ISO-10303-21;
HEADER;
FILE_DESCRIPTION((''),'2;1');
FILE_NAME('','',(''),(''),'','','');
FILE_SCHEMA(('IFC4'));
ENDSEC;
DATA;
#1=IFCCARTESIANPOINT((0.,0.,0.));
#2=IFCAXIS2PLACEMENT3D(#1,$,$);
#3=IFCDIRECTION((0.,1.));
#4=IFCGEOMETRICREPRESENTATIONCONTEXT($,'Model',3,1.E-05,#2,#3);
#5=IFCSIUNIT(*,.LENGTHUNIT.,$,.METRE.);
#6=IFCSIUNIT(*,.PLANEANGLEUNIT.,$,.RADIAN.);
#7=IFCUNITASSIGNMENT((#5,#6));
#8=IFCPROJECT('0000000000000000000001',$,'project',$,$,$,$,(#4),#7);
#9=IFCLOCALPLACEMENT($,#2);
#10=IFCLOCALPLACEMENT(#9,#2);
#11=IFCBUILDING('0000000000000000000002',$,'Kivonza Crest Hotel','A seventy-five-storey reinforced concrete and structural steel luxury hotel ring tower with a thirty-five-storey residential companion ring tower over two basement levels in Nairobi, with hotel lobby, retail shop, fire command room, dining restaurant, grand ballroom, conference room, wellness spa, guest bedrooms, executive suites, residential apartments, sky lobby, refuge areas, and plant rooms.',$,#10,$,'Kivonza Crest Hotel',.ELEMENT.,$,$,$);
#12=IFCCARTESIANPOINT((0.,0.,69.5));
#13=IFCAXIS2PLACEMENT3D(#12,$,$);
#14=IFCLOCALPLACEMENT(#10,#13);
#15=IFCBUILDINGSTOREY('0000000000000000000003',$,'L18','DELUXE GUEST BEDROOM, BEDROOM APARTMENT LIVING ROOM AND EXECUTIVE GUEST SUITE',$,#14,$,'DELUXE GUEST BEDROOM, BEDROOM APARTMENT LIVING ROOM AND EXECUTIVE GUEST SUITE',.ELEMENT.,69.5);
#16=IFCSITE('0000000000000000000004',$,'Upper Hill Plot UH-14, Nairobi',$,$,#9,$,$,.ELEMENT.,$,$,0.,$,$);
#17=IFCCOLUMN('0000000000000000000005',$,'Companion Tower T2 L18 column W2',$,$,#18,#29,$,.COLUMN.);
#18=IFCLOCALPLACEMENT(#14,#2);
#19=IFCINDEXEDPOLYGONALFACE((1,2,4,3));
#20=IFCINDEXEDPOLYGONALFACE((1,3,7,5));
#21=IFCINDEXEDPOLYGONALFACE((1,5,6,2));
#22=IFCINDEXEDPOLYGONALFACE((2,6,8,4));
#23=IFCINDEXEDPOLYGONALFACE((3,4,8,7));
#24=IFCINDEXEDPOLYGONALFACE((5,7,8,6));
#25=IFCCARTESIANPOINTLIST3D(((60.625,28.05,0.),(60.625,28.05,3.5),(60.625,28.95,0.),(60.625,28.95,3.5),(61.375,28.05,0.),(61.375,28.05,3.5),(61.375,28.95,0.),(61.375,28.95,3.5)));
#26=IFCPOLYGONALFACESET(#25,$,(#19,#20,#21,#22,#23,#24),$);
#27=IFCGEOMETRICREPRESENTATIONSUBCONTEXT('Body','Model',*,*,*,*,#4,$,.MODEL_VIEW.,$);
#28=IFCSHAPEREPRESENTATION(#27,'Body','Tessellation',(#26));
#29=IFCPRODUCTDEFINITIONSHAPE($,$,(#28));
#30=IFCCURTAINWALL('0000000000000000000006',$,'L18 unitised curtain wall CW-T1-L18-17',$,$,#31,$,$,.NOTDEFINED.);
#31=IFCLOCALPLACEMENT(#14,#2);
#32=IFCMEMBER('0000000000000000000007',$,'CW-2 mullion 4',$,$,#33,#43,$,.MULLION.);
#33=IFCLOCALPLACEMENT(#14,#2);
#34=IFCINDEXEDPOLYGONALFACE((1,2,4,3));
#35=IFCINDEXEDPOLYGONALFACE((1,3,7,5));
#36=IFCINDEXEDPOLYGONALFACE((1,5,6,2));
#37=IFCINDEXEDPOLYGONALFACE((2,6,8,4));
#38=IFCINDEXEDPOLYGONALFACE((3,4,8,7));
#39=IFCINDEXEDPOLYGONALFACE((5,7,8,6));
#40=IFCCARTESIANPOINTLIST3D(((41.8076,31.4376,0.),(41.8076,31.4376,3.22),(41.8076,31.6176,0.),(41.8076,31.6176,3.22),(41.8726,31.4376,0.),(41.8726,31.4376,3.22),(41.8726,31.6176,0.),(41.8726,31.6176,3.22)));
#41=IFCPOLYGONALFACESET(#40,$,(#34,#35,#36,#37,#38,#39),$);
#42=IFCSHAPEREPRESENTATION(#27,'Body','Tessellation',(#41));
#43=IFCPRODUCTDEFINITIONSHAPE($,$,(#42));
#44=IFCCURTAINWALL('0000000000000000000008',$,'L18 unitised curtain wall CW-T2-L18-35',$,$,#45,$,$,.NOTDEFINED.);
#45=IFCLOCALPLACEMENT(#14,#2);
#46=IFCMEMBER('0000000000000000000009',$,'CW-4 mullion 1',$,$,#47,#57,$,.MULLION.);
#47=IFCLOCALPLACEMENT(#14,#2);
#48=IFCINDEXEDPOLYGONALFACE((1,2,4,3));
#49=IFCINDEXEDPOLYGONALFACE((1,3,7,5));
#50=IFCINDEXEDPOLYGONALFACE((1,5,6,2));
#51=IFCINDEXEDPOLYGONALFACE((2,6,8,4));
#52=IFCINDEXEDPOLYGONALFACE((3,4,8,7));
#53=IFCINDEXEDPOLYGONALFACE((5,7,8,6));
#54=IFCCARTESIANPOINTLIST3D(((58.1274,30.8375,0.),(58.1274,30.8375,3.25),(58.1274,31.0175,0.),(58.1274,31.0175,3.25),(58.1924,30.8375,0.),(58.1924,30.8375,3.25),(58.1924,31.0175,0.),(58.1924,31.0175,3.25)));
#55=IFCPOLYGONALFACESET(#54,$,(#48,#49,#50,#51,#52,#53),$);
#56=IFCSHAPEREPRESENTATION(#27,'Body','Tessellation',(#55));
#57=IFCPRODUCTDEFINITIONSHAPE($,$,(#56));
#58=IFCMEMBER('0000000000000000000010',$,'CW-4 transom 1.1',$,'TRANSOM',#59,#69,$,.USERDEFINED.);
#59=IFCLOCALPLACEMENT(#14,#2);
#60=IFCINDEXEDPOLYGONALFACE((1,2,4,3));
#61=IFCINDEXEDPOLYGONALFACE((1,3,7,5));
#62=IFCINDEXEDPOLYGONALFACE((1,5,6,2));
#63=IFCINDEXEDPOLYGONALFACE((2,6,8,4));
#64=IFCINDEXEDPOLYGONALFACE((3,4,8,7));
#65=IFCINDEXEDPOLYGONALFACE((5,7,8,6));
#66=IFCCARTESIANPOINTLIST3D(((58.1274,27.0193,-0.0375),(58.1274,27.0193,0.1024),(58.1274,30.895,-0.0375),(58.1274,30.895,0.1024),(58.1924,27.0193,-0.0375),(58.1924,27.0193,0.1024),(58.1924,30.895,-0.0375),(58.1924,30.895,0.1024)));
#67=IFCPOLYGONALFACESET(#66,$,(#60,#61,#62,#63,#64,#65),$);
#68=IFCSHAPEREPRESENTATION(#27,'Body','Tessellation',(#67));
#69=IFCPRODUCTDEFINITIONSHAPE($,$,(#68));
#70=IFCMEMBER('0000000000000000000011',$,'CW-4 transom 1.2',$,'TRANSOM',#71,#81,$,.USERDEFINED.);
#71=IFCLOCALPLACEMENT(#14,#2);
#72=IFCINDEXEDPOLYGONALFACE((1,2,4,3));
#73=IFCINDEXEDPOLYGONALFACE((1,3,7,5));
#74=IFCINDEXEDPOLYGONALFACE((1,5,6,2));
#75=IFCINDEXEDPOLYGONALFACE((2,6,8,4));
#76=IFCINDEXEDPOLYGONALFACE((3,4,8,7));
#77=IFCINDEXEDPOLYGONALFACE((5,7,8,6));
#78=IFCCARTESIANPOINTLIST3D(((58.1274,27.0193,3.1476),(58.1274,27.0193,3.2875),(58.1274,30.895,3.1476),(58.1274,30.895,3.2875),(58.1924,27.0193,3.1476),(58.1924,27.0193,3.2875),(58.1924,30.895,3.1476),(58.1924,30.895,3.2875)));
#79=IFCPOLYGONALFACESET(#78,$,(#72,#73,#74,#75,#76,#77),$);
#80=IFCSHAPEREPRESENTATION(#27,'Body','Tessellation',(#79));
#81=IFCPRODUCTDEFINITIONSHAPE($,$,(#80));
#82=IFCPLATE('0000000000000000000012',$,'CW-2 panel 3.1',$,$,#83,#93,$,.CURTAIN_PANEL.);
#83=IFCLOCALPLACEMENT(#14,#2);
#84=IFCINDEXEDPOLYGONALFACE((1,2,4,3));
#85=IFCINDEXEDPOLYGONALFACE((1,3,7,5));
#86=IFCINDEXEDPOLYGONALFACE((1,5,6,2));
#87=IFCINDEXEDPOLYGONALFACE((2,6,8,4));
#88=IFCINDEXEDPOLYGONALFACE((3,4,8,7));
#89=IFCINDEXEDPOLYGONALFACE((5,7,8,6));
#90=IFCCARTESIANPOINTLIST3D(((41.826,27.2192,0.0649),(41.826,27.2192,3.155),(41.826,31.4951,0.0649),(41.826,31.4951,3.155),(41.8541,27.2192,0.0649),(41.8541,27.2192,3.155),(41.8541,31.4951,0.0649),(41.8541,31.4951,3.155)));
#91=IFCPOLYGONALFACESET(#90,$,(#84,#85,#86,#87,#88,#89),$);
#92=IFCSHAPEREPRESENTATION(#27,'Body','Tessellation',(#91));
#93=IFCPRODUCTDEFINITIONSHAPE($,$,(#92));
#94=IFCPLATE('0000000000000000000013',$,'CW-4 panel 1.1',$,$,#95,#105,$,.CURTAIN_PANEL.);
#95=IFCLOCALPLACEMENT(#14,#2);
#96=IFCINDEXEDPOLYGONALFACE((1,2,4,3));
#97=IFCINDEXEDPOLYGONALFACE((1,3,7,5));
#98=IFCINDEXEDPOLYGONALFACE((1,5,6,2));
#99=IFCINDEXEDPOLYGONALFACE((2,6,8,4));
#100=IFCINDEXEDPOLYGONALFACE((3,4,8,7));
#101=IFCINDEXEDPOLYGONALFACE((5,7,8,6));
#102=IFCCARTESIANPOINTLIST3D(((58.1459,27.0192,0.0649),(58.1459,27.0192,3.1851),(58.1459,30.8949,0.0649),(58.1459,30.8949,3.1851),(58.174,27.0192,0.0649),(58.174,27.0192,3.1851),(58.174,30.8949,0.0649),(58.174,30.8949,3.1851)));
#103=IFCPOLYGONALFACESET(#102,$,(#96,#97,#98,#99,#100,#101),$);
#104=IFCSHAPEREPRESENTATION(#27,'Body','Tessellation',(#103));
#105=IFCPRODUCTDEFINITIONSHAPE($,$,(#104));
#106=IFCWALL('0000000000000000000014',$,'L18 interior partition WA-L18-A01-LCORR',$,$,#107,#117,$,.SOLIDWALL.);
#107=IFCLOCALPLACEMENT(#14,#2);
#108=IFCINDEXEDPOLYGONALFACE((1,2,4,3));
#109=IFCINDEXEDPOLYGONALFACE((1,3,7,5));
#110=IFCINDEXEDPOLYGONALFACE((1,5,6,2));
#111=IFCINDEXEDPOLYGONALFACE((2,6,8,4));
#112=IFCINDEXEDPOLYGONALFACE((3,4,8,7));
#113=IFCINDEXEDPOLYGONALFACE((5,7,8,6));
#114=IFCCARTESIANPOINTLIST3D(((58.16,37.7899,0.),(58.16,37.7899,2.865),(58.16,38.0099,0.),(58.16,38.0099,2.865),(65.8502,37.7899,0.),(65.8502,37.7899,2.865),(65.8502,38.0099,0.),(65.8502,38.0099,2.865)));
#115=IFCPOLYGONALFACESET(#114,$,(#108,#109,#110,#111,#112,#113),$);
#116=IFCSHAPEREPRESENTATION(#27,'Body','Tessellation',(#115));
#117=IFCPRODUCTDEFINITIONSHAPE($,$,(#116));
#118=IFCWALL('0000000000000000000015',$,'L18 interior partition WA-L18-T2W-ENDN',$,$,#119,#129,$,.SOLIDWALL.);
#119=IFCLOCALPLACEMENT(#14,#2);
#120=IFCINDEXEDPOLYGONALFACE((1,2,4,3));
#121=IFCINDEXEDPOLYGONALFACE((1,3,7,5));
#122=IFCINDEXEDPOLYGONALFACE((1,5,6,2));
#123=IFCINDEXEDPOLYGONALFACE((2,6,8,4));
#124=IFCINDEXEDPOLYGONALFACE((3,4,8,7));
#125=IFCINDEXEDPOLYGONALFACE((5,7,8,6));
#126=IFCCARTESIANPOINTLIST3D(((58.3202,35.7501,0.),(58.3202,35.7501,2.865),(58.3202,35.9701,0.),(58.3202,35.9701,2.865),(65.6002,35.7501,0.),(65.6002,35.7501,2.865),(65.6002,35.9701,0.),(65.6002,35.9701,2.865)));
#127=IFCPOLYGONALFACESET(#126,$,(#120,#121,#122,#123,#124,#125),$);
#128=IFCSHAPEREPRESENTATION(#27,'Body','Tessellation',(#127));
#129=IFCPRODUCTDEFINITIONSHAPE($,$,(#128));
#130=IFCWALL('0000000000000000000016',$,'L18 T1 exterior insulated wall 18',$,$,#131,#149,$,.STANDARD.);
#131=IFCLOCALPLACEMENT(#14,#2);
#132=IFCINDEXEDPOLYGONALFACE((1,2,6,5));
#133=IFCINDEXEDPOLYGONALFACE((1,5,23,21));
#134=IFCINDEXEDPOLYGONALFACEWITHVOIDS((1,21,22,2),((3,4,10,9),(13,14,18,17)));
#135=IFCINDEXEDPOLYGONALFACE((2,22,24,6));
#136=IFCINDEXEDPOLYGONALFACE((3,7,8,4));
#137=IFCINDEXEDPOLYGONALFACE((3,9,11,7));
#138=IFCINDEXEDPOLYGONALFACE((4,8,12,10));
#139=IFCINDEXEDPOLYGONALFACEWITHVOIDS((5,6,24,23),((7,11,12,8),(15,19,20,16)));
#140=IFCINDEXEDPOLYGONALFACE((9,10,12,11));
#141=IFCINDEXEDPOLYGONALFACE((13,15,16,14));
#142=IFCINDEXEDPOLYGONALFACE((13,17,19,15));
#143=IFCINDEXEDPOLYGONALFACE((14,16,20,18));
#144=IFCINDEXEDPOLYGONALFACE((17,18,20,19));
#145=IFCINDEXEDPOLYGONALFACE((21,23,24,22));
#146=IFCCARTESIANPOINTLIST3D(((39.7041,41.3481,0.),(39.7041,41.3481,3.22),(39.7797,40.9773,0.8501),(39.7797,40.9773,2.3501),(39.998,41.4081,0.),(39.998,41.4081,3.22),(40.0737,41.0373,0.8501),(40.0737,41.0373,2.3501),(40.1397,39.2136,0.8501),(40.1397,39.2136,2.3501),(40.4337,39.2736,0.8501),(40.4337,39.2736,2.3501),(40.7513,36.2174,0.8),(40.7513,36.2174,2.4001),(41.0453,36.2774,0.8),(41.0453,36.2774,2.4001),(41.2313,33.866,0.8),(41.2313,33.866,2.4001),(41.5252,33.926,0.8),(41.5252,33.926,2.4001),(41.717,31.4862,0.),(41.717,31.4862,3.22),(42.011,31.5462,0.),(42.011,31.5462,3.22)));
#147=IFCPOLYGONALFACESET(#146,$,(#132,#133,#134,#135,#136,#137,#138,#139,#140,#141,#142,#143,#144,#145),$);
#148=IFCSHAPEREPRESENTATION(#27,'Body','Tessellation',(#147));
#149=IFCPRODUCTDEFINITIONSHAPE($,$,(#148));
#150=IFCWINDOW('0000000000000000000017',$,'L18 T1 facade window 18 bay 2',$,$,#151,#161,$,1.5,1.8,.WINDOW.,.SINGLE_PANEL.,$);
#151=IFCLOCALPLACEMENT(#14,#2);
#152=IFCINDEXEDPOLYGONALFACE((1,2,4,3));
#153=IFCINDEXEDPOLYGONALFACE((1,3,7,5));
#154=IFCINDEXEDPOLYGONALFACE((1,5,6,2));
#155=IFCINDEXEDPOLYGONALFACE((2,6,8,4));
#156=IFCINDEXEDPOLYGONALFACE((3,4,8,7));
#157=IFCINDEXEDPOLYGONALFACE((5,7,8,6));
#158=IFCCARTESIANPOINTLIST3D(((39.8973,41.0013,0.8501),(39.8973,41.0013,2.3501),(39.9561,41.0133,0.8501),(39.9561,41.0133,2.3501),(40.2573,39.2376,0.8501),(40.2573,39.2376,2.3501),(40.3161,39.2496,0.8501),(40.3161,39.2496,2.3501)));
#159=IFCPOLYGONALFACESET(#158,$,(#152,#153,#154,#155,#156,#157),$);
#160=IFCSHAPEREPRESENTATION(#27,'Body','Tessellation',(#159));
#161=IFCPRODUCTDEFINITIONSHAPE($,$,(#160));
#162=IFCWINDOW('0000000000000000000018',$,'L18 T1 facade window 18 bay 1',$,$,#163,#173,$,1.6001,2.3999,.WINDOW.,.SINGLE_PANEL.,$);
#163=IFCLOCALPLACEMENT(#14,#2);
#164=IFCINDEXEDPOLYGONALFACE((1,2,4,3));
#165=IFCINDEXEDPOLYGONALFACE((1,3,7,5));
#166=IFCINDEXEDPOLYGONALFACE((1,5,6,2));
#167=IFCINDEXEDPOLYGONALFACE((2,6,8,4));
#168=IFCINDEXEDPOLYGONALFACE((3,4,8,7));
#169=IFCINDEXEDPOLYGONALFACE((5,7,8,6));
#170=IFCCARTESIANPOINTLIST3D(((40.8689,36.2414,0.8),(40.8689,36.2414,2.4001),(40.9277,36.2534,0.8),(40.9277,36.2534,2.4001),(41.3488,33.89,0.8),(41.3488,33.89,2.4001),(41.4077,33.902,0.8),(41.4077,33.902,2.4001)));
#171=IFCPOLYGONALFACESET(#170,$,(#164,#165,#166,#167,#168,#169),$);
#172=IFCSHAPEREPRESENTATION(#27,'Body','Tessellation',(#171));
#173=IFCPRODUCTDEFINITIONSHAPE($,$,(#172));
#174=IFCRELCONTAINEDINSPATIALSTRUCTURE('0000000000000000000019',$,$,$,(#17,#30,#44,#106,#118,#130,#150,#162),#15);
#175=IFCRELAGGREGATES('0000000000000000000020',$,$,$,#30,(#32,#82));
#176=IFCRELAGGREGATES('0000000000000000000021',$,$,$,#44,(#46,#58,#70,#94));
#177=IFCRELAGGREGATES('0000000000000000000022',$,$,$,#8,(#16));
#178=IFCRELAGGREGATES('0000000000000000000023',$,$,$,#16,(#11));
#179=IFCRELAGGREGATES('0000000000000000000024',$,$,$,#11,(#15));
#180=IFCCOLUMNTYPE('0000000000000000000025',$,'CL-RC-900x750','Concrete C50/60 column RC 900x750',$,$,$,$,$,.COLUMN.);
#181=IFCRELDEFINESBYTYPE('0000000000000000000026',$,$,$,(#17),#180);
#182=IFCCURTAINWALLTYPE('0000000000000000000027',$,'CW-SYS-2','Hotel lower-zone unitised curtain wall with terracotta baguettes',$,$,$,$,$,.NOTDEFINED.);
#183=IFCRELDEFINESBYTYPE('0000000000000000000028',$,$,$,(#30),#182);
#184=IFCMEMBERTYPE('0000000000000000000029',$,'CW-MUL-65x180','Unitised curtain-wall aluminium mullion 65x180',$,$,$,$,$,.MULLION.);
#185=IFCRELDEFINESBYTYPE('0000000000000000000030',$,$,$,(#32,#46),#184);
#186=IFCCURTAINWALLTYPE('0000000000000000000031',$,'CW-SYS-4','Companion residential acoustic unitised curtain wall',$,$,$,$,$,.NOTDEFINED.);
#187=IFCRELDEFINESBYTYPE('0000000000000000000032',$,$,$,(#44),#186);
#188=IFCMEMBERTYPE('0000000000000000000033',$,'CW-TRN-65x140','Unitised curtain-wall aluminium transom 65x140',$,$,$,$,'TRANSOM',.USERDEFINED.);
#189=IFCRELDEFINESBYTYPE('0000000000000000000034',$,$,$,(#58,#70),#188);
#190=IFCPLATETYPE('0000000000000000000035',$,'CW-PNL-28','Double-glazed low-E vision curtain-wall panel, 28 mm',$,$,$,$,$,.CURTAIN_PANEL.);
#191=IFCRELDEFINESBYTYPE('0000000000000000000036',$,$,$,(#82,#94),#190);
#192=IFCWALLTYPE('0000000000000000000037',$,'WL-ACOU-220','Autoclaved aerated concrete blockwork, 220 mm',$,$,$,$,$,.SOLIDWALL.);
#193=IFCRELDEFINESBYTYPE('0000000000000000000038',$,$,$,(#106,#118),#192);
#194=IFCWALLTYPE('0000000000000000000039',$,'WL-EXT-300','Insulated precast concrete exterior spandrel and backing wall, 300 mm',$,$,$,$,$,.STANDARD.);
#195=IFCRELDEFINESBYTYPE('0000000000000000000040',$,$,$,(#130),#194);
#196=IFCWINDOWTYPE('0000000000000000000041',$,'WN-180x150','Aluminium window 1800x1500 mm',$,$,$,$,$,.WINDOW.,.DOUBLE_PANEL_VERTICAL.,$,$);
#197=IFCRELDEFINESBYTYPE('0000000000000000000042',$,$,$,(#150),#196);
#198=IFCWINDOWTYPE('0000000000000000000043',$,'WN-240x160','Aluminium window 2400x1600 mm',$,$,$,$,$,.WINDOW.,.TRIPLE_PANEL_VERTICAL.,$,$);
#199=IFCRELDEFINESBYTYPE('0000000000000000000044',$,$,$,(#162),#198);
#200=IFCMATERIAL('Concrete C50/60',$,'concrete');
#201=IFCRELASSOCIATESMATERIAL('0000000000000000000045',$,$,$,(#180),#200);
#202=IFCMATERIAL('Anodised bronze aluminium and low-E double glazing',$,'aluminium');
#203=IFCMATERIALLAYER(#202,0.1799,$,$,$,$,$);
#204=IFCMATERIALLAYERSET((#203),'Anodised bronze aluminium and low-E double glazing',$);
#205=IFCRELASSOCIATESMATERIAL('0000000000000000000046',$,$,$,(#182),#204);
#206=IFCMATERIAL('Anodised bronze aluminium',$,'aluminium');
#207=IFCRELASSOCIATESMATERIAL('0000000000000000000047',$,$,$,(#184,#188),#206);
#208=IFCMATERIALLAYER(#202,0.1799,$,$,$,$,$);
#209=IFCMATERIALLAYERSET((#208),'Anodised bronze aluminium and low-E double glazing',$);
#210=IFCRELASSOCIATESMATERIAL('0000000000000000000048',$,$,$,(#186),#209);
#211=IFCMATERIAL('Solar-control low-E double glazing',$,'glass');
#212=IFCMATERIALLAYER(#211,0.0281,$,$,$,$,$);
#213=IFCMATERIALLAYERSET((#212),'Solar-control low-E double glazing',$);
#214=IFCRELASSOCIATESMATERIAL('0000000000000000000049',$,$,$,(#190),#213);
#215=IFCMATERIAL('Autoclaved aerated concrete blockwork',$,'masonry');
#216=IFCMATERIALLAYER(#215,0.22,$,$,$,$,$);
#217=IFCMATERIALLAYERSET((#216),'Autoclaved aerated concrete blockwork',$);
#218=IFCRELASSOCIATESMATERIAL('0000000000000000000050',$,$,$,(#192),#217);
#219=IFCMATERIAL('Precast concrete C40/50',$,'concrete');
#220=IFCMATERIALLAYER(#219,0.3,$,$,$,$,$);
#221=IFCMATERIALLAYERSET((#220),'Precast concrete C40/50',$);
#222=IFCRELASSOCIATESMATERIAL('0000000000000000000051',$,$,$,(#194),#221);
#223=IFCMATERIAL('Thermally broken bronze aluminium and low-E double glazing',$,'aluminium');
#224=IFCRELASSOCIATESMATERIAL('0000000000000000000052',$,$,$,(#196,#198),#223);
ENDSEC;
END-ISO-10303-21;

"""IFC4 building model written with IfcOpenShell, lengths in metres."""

from ifc_helpers import new_model, si_unit, direction, frame, frame_2d, origin, origin_2d, place, context, subcontext, project, spatial, rectangle, extrude, material, layer, layer_set, material_profile, profile_set, type_object, element, fill, aggregate, save


model = new_model("IFC4")

# Units and contexts
model_context = context("Model", 3, precision=1e-05, world=origin(), true_north=direction((0.0, 1.0)))
body_context = subcontext(model_context, "Body", "Model", "MODEL_VIEW")
ifc_project = project(units=[si_unit("LENGTHUNIT", "METRE"), si_unit("PLANEANGLEUNIT", "RADIAN")], contexts=[model_context])

# Site, building, storey
site_placement = place(None, origin())
site = spatial("IfcSite", under=ifc_project, at=site_placement, Name="Upper Hill Plot UH-14, Nairobi", CompositionType="ELEMENT", RefElevation=0.0)
building_placement = place(site_placement, origin())
building = spatial("IfcBuilding", under=site, at=building_placement, Name="Kivonza Crest Hotel", Description="A seventy-five-storey reinforced concrete and structural steel luxury hotel ring tower with a thirty-five-storey residential companion ring tower over two basement levels in Nairobi, with hotel lobby, retail shop, fire command room, dining restaurant, grand ballroom, conference room, wellness spa, guest bedrooms, executive suites, residential apartments, sky lobby, refuge areas, and plant rooms.", LongName="Kivonza Crest Hotel", CompositionType="ELEMENT")
storey_placement = place(building_placement, frame((0.0, 0.0, 69.5)))
storey = spatial("IfcBuildingStorey", under=building, at=storey_placement, Name="L18", Description="DELUXE GUEST BEDROOM, BEDROOM APARTMENT LIVING ROOM AND EXECUTIVE GUEST SUITE", LongName="DELUXE GUEST BEDROOM, BEDROOM APARTMENT LIVING ROOM AND EXECUTIVE GUEST SUITE", CompositionType="ELEMENT", Elevation=69.5)

# Column
ifc_material_1 = material(Name="Concrete C50/60", Category="concrete")
ifc_material_profile_1 = material_profile(ifc_material_1, rectangle(XDim=0.75, YDim=0.8999, at=origin_2d()), Name="RC 900x750")
ifc_profile_set_1 = profile_set([ifc_material_profile_1], Name="Concrete C50/60")
column_type = type_object("IfcColumnType", Name="CL-RC-900x750", Description="Concrete C50/60 column RC 900x750", PredefinedType="COLUMN", material=ifc_profile_set_1)
column_placement = place(storey_placement, frame((61.0, 28.5, 0.0), z_axis=(0.0, 0.0, 1.0), x_axis=(1.0, 0.0, 0.0)))
element("IfcColumn", 1, at=column_placement, inside=storey, type_object=column_type, Name="Companion Tower T2 L18 column W2", PredefinedType="COLUMN", context=body_context, shape_type="SweptSolid", body=[
    extrude(rectangle(XDim=0.75, YDim=0.8999, at=origin_2d()), origin(), (0.0, 0.0, 1.0), 3.5),
])

# Curtain wall, member
ifc_material_2 = material(Name="Anodised bronze aluminium and low-E double glazing", Category="aluminium")
ifc_layer_1 = layer(ifc_material_2, 0.1799)
ifc_layer_set_1 = layer_set([ifc_layer_1], Name="Anodised bronze aluminium and low-E double glazing")
curtain_wall_type_1 = type_object("IfcCurtainWallType", Name="CW-SYS-2", Description="Hotel lower-zone unitised curtain wall with terracotta baguettes", PredefinedType="NOTDEFINED", material=ifc_layer_set_1)
curtain_wall_1_placement = place(storey_placement, origin())
curtain_wall_1 = element("IfcCurtainWall", 2, at=curtain_wall_1_placement, inside=storey, type_object=curtain_wall_type_1, Name="L18 unitised curtain wall CW-T1-L18-17", PredefinedType="NOTDEFINED")
ifc_material_3 = material(Name="Anodised bronze aluminium", Category="aluminium")
ifc_material_profile_2 = material_profile(ifc_material_3, rectangle(XDim=0.0649, YDim=0.1799, at=origin_2d()), Name="CW-M 65x180")
ifc_profile_set_2 = profile_set([ifc_material_profile_2], Name="Anodised bronze aluminium")
member_type_1 = type_object("IfcMemberType", Name="CW-MUL-65x180", Description="Unitised curtain-wall aluminium mullion 65x180", PredefinedType="MULLION", material=ifc_profile_set_2)
member_1_placement = place(storey_placement, frame((41.8401, 31.5276, 0.0), z_axis=(0.0, 0.0, 1.0), x_axis=(-1.0, 0.0, 0.0)))
member_1 = element("IfcMember", 3, at=member_1_placement, type_object=member_type_1, Name="CW-2 mullion 4", PredefinedType="MULLION", context=body_context, shape_type="SweptSolid", body=[
    extrude(rectangle(XDim=0.0649, YDim=0.1799, at=origin_2d()), origin(), (0.0, 0.0, 1.0), 3.22),
])

# Curtain wall, members
ifc_layer_2 = layer(ifc_material_2, 0.1799)
ifc_layer_set_2 = layer_set([ifc_layer_2], Name="Anodised bronze aluminium and low-E double glazing")
curtain_wall_type_2 = type_object("IfcCurtainWallType", Name="CW-SYS-4", Description="Companion residential acoustic unitised curtain wall", PredefinedType="NOTDEFINED", material=ifc_layer_set_2)
curtain_wall_2_placement = place(storey_placement, origin())
curtain_wall_2 = element("IfcCurtainWall", 4, at=curtain_wall_2_placement, inside=storey, type_object=curtain_wall_type_2, Name="L18 unitised curtain wall CW-T2-L18-35", PredefinedType="NOTDEFINED")
member_2_placement = place(storey_placement, frame((58.1599, 30.9275, 0.0), z_axis=(0.0, 0.0, 1.0), x_axis=(1.0, 0.0, 0.0)))
member_2 = element("IfcMember", 5, at=member_2_placement, type_object=member_type_1, Name="CW-4 mullion 1", PredefinedType="MULLION", context=body_context, shape_type="SweptSolid", body=[
    extrude(rectangle(XDim=0.0649, YDim=0.1799, at=origin_2d()), origin(), (0.0, 0.0, 1.0), 3.25),
])
ifc_material_profile_3 = material_profile(ifc_material_3, rectangle(XDim=0.0649, YDim=0.1399, at=origin_2d()), Name="CW-T 65x140")
ifc_profile_set_3 = profile_set([ifc_material_profile_3], Name="Anodised bronze aluminium")
member_type_2 = type_object("IfcMemberType", Name="CW-TRN-65x140", Description="Unitised curtain-wall aluminium transom 65x140", ElementType="TRANSOM", PredefinedType="USERDEFINED", material=ifc_profile_set_3)
member_3_placement = place(storey_placement, frame((58.1599, 30.895, 0.0325), z_axis=(0.0, -1.0, 0.0), x_axis=(1.0, 0.0, 0.0)))
member_3 = element("IfcMember", 6, at=member_3_placement, type_object=member_type_2, Name="CW-4 transom 1.1", ObjectType="TRANSOM", PredefinedType="USERDEFINED", context=body_context, shape_type="SweptSolid", body=[
    extrude(rectangle(XDim=0.0649, YDim=0.1399, at=origin_2d()), origin(), (0.0, 0.0, 1.0), 3.8757),
])
member_4_placement = place(storey_placement, frame((58.1599, 30.895, 3.2175), z_axis=(0.0, -1.0, 0.0), x_axis=(1.0, 0.0, 0.0)))
member_4 = element("IfcMember", 7, at=member_4_placement, type_object=member_type_2, Name="CW-4 transom 1.2", ObjectType="TRANSOM", PredefinedType="USERDEFINED", context=body_context, shape_type="SweptSolid", body=[
    extrude(rectangle(XDim=0.0649, YDim=0.1399, at=origin_2d()), origin(), (0.0, 0.0, 1.0), 3.8757),
])

# Plates
ifc_material_4 = material(Name="Solar-control low-E double glazing", Category="glass")
ifc_layer_3 = layer(ifc_material_4, 0.0281)
ifc_layer_set_3 = layer_set([ifc_layer_3], Name="Solar-control low-E double glazing")
plate_type = type_object("IfcPlateType", Name="CW-PNL-28", Description="Double-glazed low-E vision curtain-wall panel, 28 mm", PredefinedType="CURTAIN_PANEL", material=ifc_layer_set_3)
plate_1_placement = place(storey_placement, frame((41.8401, 29.3572, 0.0649), z_axis=(0.0, 0.0, 1.0), x_axis=(0.0, 1.0, 0.0)))
plate_1 = element("IfcPlate", 8, at=plate_1_placement, type_object=plate_type, Name="CW-2 panel 3.1", PredefinedType="CURTAIN_PANEL", context=body_context, shape_type="SweptSolid", body=[
    extrude(rectangle(XDim=4.2759, YDim=0.0281, at=origin_2d()), origin(), (0.0, 0.0, 1.0), 3.0901),
])
aggregate(curtain_wall_1, [member_1, plate_1])
plate_2_placement = place(storey_placement, frame((58.1599, 28.957, 0.0649), z_axis=(0.0, 0.0, 1.0), x_axis=(0.0, -1.0, 0.0)))
plate_2 = element("IfcPlate", 9, at=plate_2_placement, type_object=plate_type, Name="CW-4 panel 1.1", PredefinedType="CURTAIN_PANEL", context=body_context, shape_type="SweptSolid", body=[
    extrude(rectangle(XDim=3.8757, YDim=0.0281, at=origin_2d()), origin(), (0.0, 0.0, 1.0), 3.1201),
])
aggregate(curtain_wall_2, [member_2, member_3, member_4, plate_2])

# Walls
ifc_material_5 = material(Name="Autoclaved aerated concrete blockwork", Category="masonry")
ifc_layer_4 = layer(ifc_material_5, 0.22)
ifc_layer_set_4 = layer_set([ifc_layer_4], Name="Autoclaved aerated concrete blockwork")
wall_type_1 = type_object("IfcWallType", Name="WL-ACOU-220", Description="Autoclaved aerated concrete blockwork, 220 mm", PredefinedType="SOLIDWALL", material=ifc_layer_set_4)
wall_1_placement = place(storey_placement, frame((58.1599, 37.8999, 0.0), z_axis=(0.0, 0.0, 1.0), x_axis=(1.0, 0.0, 0.0)))
element("IfcWall", 10, at=wall_1_placement, inside=storey, type_object=wall_type_1, Name="L18 interior partition WA-L18-A01-LCORR", PredefinedType="SOLIDWALL", context=body_context, shape_type="SweptSolid", body=[
    extrude(rectangle(XDim=7.6902, YDim=0.22, at=frame_2d((3.8452, 0.0))), origin(), (0.0, 0.0, 1.0), 2.865),
])
wall_2_placement = place(storey_placement, frame((58.3201, 35.8601, 0.0), z_axis=(0.0, 0.0, 1.0), x_axis=(1.0, 0.0, 0.0)))
element("IfcWall", 11, at=wall_2_placement, inside=storey, type_object=wall_type_1, Name="L18 interior partition WA-L18-T2W-ENDN", PredefinedType="SOLIDWALL", context=body_context, shape_type="SweptSolid", body=[
    extrude(rectangle(XDim=7.28, YDim=0.22, at=frame_2d((3.6401, 0.0))), origin(), (0.0, 0.0, 1.0), 2.865),
])

# Wall, openings, windows
ifc_material_6 = material(Name="Precast concrete C40/50", Category="concrete")
ifc_layer_5 = layer(ifc_material_6, 0.3)
ifc_layer_set_5 = layer_set([ifc_layer_5], Name="Precast concrete C40/50")
wall_type_2 = type_object("IfcWallType", Name="WL-EXT-300", Description="Insulated precast concrete exterior spandrel and backing wall, 300 mm", PredefinedType="STANDARD", material=ifc_layer_set_5)
wall_3_placement = place(storey_placement, frame((41.864, 31.5161, 0.0), z_axis=(0.0, 0.0, 1.0), x_axis=(-0.199991, 0.979798, 0.0)))
wall_3 = element("IfcWall", 12, at=wall_3_placement, inside=storey, type_object=wall_type_2, Name="L18 T1 exterior insulated wall 18", PredefinedType="STANDARD", context=body_context, shape_type="SweptSolid", body=[
    extrude(rectangle(XDim=10.0652, YDim=0.3, at=frame_2d((5.0327, 0.0))), origin(), (0.0, 0.0, 1.0), 3.22),
])
opening_1_placement = place(wall_3_placement, frame((2.429, 0.0, 0.8)))
opening_1 = element("IfcOpeningElement", 13, at=opening_1_placement, cuts=wall_3, PredefinedType="OPENING", context=body_context, shape_type="SweptSolid", body=[
    extrude(rectangle(XDim=2.3999, YDim=1.6001, at=frame_2d((1.2, 0.8))), frame((0.0, 0.1602, 0.0), z_axis=(0.0, -1.0, 0.0), x_axis=(1.0, 0.0, 0.0)), (0.0, 0.0, 1.0), 0.3201),
])
opening_2_placement = place(wall_3_placement, frame((7.887, 0.0, 0.8501)))
opening_2 = element("IfcOpeningElement", 14, at=opening_2_placement, cuts=wall_3, PredefinedType="OPENING", context=body_context, shape_type="SweptSolid", body=[
    extrude(rectangle(XDim=1.8, YDim=1.5, at=frame_2d((0.8999, 0.75))), frame((0.0, 0.1602, 0.0), z_axis=(0.0, -1.0, 0.0), x_axis=(1.0, 0.0, 0.0)), (0.0, 0.0, 1.0), 0.3201),
])
ifc_material_7 = material(Name="Thermally broken bronze aluminium and low-E double glazing", Category="aluminium")
window_type_1 = type_object("IfcWindowType", Name="WN-180x150", Description="Aluminium window 1800x1500 mm", PartitioningType="DOUBLE_PANEL_VERTICAL", PredefinedType="WINDOW", material=ifc_material_7)
window_1_placement = place(opening_2_placement, origin())
window_1 = element("IfcWindow", 15, at=window_1_placement, inside=storey, type_object=window_type_1, Name="L18 T1 facade window 18 bay 2", OverallHeight=1.5, OverallWidth=1.8, PartitioningType="SINGLE_PANEL", PredefinedType="WINDOW", context=body_context, shape_type="SweptSolid", body=[
    extrude(rectangle(XDim=1.8, YDim=1.5, at=frame_2d((0.8999, 0.75))), frame((0.0, 0.03, 0.0), z_axis=(0.0, -1.0, 0.0), x_axis=(1.0, 0.0, 0.0)), (0.0, 0.0, 1.0), 0.0601),
])
fill(opening_2, window_1)
window_type_2 = type_object("IfcWindowType", Name="WN-240x160", Description="Aluminium window 2400x1600 mm", PartitioningType="TRIPLE_PANEL_VERTICAL", PredefinedType="WINDOW", material=ifc_material_7)
window_2_placement = place(opening_1_placement, origin())
window_2 = element("IfcWindow", 16, at=window_2_placement, inside=storey, type_object=window_type_2, Name="L18 T1 facade window 18 bay 1", OverallHeight=1.6001, OverallWidth=2.3999, PartitioningType="SINGLE_PANEL", PredefinedType="WINDOW", context=body_context, shape_type="SweptSolid", body=[
    extrude(rectangle(XDim=2.3999, YDim=1.6001, at=frame_2d((1.2, 0.8))), frame((0.0, 0.03, 0.0), z_axis=(0.0, -1.0, 0.0), x_axis=(1.0, 0.0, 0.0)), (0.0, 0.0, 1.0), 0.0601),
])
fill(opening_1, window_2)

save(model, "model.ifc")
